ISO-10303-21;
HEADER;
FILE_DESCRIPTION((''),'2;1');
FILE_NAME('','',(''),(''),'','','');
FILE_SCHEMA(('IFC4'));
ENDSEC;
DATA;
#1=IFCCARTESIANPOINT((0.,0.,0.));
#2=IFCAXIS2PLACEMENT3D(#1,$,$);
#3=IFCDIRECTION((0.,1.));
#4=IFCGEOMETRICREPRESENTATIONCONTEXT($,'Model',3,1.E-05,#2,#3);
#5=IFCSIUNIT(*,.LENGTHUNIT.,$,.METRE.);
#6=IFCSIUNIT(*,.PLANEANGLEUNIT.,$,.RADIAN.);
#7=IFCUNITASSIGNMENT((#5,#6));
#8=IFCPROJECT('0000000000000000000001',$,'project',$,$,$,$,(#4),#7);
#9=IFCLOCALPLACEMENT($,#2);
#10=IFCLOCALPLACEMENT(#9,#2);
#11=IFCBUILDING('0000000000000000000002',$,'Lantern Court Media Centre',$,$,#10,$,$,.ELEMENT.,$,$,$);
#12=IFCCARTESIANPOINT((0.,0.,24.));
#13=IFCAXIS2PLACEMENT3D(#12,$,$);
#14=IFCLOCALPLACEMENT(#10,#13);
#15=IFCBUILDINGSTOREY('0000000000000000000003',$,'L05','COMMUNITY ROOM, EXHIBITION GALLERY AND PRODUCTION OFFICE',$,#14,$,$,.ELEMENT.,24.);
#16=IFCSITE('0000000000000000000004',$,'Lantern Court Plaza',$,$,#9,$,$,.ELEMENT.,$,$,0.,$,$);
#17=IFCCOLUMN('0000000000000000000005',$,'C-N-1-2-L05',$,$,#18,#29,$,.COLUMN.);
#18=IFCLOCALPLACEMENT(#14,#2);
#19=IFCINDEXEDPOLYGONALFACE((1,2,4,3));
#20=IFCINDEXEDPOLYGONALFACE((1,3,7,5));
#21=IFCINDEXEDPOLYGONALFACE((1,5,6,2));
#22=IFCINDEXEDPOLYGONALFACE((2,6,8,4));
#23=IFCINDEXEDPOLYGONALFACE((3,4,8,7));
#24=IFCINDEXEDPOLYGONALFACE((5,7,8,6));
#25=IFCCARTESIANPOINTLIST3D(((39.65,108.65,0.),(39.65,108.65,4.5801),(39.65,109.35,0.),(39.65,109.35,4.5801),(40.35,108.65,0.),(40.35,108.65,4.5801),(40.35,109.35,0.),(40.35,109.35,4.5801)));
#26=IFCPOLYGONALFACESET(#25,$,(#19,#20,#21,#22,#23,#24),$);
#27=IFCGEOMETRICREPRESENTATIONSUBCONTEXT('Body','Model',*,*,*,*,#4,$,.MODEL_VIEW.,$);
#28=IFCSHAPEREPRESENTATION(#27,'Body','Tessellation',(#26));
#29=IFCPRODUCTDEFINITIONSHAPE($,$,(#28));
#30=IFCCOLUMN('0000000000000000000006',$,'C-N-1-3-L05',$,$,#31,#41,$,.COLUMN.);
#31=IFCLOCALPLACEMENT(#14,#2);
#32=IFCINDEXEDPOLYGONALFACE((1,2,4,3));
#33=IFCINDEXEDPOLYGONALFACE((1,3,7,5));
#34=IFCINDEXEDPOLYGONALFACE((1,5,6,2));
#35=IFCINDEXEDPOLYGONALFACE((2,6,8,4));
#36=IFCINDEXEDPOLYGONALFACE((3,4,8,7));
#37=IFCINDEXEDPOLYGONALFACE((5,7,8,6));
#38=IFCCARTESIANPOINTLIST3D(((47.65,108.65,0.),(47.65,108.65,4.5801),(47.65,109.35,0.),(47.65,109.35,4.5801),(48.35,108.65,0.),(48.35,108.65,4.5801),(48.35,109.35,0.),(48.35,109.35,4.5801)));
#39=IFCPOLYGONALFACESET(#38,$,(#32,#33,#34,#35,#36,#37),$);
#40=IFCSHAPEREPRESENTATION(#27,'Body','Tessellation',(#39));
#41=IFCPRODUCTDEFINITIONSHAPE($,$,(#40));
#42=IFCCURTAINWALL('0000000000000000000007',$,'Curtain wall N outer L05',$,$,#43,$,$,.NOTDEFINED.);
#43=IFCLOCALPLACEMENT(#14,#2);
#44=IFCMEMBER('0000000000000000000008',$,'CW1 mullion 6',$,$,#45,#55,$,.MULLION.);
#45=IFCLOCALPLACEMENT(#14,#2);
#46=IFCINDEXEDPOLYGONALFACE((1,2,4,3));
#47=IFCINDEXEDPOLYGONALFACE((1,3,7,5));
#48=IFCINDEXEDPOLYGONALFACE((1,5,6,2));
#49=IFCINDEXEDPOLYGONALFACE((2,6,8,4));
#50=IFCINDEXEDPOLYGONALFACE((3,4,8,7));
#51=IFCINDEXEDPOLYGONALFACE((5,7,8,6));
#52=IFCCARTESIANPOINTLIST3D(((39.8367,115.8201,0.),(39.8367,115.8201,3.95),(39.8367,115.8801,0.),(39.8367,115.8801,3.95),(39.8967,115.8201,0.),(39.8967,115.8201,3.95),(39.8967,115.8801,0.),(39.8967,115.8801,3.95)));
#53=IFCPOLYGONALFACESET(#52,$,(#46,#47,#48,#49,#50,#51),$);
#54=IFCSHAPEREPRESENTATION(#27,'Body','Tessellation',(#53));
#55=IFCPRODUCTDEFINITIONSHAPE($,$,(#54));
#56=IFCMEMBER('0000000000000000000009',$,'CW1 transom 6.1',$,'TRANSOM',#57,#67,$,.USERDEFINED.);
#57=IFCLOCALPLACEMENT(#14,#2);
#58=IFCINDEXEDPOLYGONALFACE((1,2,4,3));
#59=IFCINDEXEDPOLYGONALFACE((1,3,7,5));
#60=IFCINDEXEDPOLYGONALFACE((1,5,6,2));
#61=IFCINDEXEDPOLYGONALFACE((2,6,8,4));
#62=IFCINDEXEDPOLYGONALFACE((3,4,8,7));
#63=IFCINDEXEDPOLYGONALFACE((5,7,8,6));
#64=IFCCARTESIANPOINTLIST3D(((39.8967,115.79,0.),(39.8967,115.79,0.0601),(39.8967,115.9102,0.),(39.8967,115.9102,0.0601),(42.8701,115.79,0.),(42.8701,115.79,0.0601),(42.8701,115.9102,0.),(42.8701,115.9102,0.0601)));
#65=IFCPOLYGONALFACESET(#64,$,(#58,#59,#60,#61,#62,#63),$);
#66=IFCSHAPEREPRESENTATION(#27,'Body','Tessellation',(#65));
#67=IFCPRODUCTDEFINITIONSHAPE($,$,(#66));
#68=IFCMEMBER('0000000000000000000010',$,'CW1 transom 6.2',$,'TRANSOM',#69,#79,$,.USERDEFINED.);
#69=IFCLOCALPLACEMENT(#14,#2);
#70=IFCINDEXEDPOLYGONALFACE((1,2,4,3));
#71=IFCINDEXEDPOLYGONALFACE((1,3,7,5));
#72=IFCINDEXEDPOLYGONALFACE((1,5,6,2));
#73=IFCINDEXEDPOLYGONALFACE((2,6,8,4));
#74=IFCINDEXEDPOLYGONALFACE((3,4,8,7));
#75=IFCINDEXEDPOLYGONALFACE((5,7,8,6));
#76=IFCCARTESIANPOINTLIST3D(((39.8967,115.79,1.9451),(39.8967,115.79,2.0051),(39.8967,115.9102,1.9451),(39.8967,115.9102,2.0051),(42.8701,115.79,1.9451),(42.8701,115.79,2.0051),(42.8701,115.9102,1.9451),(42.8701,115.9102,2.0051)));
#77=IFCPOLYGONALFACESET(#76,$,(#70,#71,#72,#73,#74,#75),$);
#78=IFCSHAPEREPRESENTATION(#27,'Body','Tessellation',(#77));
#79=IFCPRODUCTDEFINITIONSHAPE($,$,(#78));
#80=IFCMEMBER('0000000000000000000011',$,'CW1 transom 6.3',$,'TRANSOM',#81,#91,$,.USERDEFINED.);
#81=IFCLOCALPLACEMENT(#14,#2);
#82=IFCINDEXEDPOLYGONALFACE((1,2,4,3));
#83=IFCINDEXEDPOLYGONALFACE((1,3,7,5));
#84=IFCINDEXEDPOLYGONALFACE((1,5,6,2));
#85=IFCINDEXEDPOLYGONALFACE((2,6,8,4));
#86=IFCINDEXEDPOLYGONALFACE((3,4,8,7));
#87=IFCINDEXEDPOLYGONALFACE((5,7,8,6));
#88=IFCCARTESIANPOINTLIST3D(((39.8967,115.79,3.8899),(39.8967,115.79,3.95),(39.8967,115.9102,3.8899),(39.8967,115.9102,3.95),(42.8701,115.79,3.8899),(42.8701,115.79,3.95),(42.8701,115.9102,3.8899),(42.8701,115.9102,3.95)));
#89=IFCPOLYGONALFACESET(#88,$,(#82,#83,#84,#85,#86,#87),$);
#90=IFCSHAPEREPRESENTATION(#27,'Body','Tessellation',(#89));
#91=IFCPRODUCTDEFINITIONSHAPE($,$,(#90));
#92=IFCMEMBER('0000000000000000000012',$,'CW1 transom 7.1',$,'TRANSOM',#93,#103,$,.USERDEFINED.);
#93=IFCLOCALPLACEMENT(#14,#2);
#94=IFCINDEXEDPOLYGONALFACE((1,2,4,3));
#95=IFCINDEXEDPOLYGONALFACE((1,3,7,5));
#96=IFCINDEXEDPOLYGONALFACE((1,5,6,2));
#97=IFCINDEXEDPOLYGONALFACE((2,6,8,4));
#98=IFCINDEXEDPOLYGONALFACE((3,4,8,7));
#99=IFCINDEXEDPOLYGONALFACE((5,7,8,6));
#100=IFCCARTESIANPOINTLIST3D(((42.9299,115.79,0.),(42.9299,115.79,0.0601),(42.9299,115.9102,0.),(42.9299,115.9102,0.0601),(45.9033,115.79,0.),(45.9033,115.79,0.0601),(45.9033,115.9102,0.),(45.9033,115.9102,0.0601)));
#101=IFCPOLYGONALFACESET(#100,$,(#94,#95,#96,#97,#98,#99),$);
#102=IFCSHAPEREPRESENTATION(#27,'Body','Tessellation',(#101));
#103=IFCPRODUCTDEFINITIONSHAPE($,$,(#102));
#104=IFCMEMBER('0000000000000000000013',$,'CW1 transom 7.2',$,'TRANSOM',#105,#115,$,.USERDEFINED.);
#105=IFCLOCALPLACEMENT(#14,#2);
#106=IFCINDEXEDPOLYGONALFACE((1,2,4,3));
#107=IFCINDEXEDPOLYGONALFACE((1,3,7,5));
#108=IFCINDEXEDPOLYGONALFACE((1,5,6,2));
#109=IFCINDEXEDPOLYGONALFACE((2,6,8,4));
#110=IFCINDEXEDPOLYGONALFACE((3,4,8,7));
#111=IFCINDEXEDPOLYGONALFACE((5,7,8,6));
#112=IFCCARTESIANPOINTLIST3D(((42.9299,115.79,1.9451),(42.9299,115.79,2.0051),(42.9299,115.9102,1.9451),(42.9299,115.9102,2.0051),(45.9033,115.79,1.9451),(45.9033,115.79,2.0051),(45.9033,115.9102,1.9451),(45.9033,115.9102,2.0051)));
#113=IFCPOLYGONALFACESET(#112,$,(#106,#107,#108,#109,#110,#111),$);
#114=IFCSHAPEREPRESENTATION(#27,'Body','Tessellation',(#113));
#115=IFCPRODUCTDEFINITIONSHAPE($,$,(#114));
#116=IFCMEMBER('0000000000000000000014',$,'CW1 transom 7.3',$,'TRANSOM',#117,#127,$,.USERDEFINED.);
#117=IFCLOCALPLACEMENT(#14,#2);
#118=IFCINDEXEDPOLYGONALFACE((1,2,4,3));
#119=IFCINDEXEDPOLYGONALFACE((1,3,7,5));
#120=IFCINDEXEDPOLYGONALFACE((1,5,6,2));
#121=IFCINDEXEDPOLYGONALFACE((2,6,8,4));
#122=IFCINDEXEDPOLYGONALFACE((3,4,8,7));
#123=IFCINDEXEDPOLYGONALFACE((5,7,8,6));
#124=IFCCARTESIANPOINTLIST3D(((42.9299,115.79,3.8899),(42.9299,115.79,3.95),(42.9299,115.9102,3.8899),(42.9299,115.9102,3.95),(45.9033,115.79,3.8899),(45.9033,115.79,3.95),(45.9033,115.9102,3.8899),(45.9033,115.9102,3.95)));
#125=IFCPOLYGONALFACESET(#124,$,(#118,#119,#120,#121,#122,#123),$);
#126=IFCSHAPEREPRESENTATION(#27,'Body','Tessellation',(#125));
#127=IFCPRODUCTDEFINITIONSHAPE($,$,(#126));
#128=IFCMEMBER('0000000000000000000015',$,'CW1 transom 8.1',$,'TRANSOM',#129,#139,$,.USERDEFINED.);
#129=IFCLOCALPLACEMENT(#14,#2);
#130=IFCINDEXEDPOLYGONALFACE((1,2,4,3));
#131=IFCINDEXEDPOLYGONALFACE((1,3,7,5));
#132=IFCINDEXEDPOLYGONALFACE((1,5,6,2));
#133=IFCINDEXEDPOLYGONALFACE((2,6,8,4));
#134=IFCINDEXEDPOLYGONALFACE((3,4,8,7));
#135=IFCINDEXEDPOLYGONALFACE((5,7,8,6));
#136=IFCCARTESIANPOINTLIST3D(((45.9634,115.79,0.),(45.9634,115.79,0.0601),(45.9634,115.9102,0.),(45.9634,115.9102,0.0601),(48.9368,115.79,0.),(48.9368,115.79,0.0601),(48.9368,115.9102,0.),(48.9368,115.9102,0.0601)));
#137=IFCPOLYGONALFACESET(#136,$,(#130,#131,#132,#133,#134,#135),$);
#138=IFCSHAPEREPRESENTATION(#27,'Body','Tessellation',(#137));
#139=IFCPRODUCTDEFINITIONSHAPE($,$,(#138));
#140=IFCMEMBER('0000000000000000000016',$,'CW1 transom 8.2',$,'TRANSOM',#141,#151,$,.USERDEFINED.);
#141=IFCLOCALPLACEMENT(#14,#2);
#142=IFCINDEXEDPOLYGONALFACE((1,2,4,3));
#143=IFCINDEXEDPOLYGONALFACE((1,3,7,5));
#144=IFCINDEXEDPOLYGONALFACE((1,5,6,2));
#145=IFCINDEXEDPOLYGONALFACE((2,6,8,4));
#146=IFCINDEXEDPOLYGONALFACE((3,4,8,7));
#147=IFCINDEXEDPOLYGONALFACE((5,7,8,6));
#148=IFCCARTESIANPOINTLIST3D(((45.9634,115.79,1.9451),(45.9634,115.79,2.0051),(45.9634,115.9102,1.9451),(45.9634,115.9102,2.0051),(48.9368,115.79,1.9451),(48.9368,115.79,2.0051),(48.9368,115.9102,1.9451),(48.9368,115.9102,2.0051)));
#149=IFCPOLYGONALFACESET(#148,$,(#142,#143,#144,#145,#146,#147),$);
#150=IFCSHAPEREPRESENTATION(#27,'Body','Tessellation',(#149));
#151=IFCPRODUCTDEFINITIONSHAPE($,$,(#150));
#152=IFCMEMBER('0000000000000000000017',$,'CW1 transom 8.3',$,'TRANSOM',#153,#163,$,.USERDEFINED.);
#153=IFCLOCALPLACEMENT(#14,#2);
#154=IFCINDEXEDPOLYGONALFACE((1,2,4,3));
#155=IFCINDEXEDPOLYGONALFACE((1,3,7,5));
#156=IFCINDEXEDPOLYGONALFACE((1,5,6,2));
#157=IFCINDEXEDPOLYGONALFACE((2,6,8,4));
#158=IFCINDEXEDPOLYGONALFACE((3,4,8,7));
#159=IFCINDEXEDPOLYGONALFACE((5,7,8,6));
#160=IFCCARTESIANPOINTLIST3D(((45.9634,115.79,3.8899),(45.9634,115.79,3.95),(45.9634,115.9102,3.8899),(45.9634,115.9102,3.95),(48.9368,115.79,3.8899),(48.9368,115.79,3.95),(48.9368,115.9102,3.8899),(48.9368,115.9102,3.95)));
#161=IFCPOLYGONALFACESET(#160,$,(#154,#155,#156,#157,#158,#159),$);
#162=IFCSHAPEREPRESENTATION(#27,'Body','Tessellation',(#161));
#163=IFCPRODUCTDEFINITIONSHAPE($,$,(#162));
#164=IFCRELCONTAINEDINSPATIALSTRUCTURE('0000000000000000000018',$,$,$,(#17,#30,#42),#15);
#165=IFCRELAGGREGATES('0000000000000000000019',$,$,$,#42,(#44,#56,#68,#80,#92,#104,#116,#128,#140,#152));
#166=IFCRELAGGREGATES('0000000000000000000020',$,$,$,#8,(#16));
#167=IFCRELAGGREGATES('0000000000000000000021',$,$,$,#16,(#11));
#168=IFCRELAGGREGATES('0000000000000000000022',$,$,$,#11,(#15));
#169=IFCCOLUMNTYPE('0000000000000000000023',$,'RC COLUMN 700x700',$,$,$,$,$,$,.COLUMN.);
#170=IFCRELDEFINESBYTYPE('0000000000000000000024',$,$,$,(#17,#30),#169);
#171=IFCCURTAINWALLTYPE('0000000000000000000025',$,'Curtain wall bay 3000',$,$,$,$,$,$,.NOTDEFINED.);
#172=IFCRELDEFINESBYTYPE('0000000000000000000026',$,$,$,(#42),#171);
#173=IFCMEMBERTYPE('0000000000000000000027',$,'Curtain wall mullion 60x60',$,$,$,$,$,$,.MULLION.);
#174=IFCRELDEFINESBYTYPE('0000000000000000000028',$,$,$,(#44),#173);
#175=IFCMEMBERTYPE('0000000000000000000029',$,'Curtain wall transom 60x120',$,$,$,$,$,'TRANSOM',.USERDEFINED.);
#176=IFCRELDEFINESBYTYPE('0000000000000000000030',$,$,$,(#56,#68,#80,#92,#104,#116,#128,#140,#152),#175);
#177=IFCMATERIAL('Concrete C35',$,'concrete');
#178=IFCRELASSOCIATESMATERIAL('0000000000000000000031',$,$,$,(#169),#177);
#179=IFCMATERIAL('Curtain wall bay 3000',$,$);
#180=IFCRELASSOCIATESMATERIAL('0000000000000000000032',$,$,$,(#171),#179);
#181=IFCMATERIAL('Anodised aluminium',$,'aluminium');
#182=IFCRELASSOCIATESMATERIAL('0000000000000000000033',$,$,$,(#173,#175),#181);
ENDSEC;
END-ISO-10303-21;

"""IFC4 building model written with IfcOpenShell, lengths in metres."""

from ifc_helpers import new_model, si_unit, direction, frame, origin, origin_2d, place, context, subcontext, project, spatial, rectangle, extrude, material, material_profile, profile_set, type_object, element, aggregate, save


model = new_model("IFC4")

# Units and contexts
model_context = context("Model", 3, precision=1e-05, world=origin(), true_north=direction((0.0, 1.0)))
body_context = subcontext(model_context, "Body", "Model", "MODEL_VIEW")
ifc_project = project(units=[si_unit("LENGTHUNIT", "METRE"), si_unit("PLANEANGLEUNIT", "RADIAN")], contexts=[model_context])

# Site, building, storey
site_placement = place(None, origin())
site = spatial("IfcSite", under=ifc_project, at=site_placement, Name="Lantern Court Plaza", CompositionType="ELEMENT", RefElevation=0.0)
building_placement = place(site_placement, origin())
building = spatial("IfcBuilding", under=site, at=building_placement, Name="Lantern Court Media Centre", CompositionType="ELEMENT")
storey_placement = place(building_placement, frame((0.0, 0.0, 24.0)))
storey = spatial("IfcBuildingStorey", under=building, at=storey_placement, Name="L05", Description="COMMUNITY ROOM, EXHIBITION GALLERY AND PRODUCTION OFFICE", CompositionType="ELEMENT", Elevation=24.0)

# Columns
ifc_material_1 = material(Name="Concrete C35", Category="concrete")
ifc_material_profile_1 = material_profile(ifc_material_1, rectangle(XDim=0.7, YDim=0.7, at=origin_2d()), Name="RC 700x700")
ifc_profile_set_1 = profile_set([ifc_material_profile_1], Name="Concrete C35")
column_type = type_object("IfcColumnType", Name="RC COLUMN 700x700", PredefinedType="COLUMN", material=ifc_profile_set_1)
for number, where, z_axis, x_axis, name in (
    (1, (40.0, 109.0, 0.0), (0.0, 0.0, 1.0), (1.0, 0.0, 0.0), "C-N-1-2-L05"),
    (2, (48.0, 109.0, 0.0), (0.0, 0.0, 1.0), (1.0, 0.0, 0.0), "C-N-1-3-L05"),
):
    element("IfcColumn", number, at=place(storey_placement, frame(where, z_axis=z_axis, x_axis=x_axis)), inside=storey, type_object=column_type, Name=name, PredefinedType="COLUMN", context=body_context, shape_type="SweptSolid", body=[
        extrude(rectangle(XDim=0.7, YDim=0.7, at=origin_2d()), origin(), (0.0, 0.0, 1.0), 4.5801),
    ])

# Curtain wall, members
ifc_material_2 = material(Name="Curtain wall bay 3000")
curtain_wall_type = type_object("IfcCurtainWallType", Name="Curtain wall bay 3000", PredefinedType="NOTDEFINED", material=ifc_material_2)
curtain_wall_placement = place(storey_placement, origin())
curtain_wall = element("IfcCurtainWall", 3, at=curtain_wall_placement, inside=storey, type_object=curtain_wall_type, Name="Curtain wall N outer L05", PredefinedType="NOTDEFINED")
ifc_material_3 = material(Name="Anodised aluminium", Category="aluminium")
ifc_material_profile_2 = material_profile(ifc_material_3, rectangle(XDim=0.0601, YDim=0.0601, at=origin_2d()), Name="AL 60x60")
ifc_profile_set_2 = profile_set([ifc_material_profile_2], Name="Anodised aluminium")
member_type_1 = type_object("IfcMemberType", Name="Curtain wall mullion 60x60", PredefinedType="MULLION", material=ifc_profile_set_2)
member_1_placement = place(storey_placement, frame((39.8667, 115.8501, 0.0), z_axis=(0.0, 0.0, 1.0), x_axis=(0.0, 1.0, 0.0)))
member_1 = element("IfcMember", 4, at=member_1_placement, type_object=member_type_1, Name="CW1 mullion 6", PredefinedType="MULLION", context=body_context, shape_type="SweptSolid", body=[
    extrude(rectangle(XDim=0.0601, YDim=0.0601, at=origin_2d()), origin(), (0.0, 0.0, 1.0), 3.95),
])
ifc_material_profile_3 = material_profile(ifc_material_3, rectangle(XDim=0.1201, YDim=0.0601, at=origin_2d()), Name="AL 60x120")
ifc_profile_set_3 = profile_set([ifc_material_profile_3], Name="Anodised aluminium")
member_type_2 = type_object("IfcMemberType", Name="Curtain wall transom 60x120", ElementType="TRANSOM", PredefinedType="USERDEFINED", material=ifc_profile_set_3)
member_2_placement = place(storey_placement, frame((39.8967, 115.8501, 0.03), z_axis=(1.0, 0.0, 0.0), x_axis=(0.0, 1.0, 0.0)))
member_2 = element("IfcMember", 5, at=member_2_placement, type_object=member_type_2, Name="CW1 transom 6.1", ObjectType="TRANSOM", PredefinedType="USERDEFINED", context=body_context, shape_type="SweptSolid", body=[
    extrude(rectangle(XDim=0.1201, YDim=0.0601, at=origin_2d()), origin(), (0.0, 0.0, 1.0), 2.9734),
])
member_3_placement = place(storey_placement, frame((39.8967, 115.8501, 1.9751), z_axis=(1.0, 0.0, 0.0), x_axis=(0.0, 1.0, 0.0)))
member_3 = element("IfcMember", 6, at=member_3_placement, type_object=member_type_2, Name="CW1 transom 6.2", ObjectType="TRANSOM", PredefinedType="USERDEFINED", context=body_context, shape_type="SweptSolid", body=[
    extrude(rectangle(XDim=0.1201, YDim=0.0601, at=origin_2d()), origin(), (0.0, 0.0, 1.0), 2.9734),
])
member_4_placement = place(storey_placement, frame((39.8967, 115.8501, 3.9199), z_axis=(1.0, 0.0, 0.0), x_axis=(0.0, 1.0, 0.0)))
member_4 = element("IfcMember", 7, at=member_4_placement, type_object=member_type_2, Name="CW1 transom 6.3", ObjectType="TRANSOM", PredefinedType="USERDEFINED", context=body_context, shape_type="SweptSolid", body=[
    extrude(rectangle(XDim=0.1201, YDim=0.0601, at=origin_2d()), origin(), (0.0, 0.0, 1.0), 2.9734),
])
member_5_placement = place(storey_placement, frame((42.9299, 115.8501, 0.03), z_axis=(1.0, 0.0, 0.0), x_axis=(0.0, 1.0, 0.0)))
member_5 = element("IfcMember", 8, at=member_5_placement, type_object=member_type_2, Name="CW1 transom 7.1", ObjectType="TRANSOM", PredefinedType="USERDEFINED", context=body_context, shape_type="SweptSolid", body=[
    extrude(rectangle(XDim=0.1201, YDim=0.0601, at=origin_2d()), origin(), (0.0, 0.0, 1.0), 2.9734),
])
member_6_placement = place(storey_placement, frame((42.9299, 115.8501, 1.9751), z_axis=(1.0, 0.0, 0.0), x_axis=(0.0, 1.0, 0.0)))
member_6 = element("IfcMember", 9, at=member_6_placement, type_object=member_type_2, Name="CW1 transom 7.2", ObjectType="TRANSOM", PredefinedType="USERDEFINED", context=body_context, shape_type="SweptSolid", body=[
    extrude(rectangle(XDim=0.1201, YDim=0.0601, at=origin_2d()), origin(), (0.0, 0.0, 1.0), 2.9734),
])
member_7_placement = place(storey_placement, frame((42.9299, 115.8501, 3.9199), z_axis=(1.0, 0.0, 0.0), x_axis=(0.0, 1.0, 0.0)))
member_7 = element("IfcMember", 10, at=member_7_placement, type_object=member_type_2, Name="CW1 transom 7.3", ObjectType="TRANSOM", PredefinedType="USERDEFINED", context=body_context, shape_type="SweptSolid", body=[
    extrude(rectangle(XDim=0.1201, YDim=0.0601, at=origin_2d()), origin(), (0.0, 0.0, 1.0), 2.9734),
])
member_8_placement = place(storey_placement, frame((45.9634, 115.8501, 0.03), z_axis=(1.0, 0.0, 0.0), x_axis=(0.0, 1.0, 0.0)))
member_8 = element("IfcMember", 11, at=member_8_placement, type_object=member_type_2, Name="CW1 transom 8.1", ObjectType="TRANSOM", PredefinedType="USERDEFINED", context=body_context, shape_type="SweptSolid", body=[
    extrude(rectangle(XDim=0.1201, YDim=0.0601, at=origin_2d()), origin(), (0.0, 0.0, 1.0), 2.9734),
])
member_9_placement = place(storey_placement, frame((45.9634, 115.8501, 1.9751), z_axis=(1.0, 0.0, 0.0), x_axis=(0.0, 1.0, 0.0)))
member_9 = element("IfcMember", 12, at=member_9_placement, type_object=member_type_2, Name="CW1 transom 8.2", ObjectType="TRANSOM", PredefinedType="USERDEFINED", context=body_context, shape_type="SweptSolid", body=[
    extrude(rectangle(XDim=0.1201, YDim=0.0601, at=origin_2d()), origin(), (0.0, 0.0, 1.0), 2.9734),
])
member_10_placement = place(storey_placement, frame((45.9634, 115.8501, 3.9199), z_axis=(1.0, 0.0, 0.0), x_axis=(0.0, 1.0, 0.0)))
member_10 = element("IfcMember", 13, at=member_10_placement, type_object=member_type_2, Name="CW1 transom 8.3", ObjectType="TRANSOM", PredefinedType="USERDEFINED", context=body_context, shape_type="SweptSolid", body=[
    extrude(rectangle(XDim=0.1201, YDim=0.0601, at=origin_2d()), origin(), (0.0, 0.0, 1.0), 2.9734),
])

aggregate(curtain_wall, [member_1, member_2, member_3, member_4, member_5, member_6, member_7, member_8, member_9, member_10])

save(model, "model.ifc")
